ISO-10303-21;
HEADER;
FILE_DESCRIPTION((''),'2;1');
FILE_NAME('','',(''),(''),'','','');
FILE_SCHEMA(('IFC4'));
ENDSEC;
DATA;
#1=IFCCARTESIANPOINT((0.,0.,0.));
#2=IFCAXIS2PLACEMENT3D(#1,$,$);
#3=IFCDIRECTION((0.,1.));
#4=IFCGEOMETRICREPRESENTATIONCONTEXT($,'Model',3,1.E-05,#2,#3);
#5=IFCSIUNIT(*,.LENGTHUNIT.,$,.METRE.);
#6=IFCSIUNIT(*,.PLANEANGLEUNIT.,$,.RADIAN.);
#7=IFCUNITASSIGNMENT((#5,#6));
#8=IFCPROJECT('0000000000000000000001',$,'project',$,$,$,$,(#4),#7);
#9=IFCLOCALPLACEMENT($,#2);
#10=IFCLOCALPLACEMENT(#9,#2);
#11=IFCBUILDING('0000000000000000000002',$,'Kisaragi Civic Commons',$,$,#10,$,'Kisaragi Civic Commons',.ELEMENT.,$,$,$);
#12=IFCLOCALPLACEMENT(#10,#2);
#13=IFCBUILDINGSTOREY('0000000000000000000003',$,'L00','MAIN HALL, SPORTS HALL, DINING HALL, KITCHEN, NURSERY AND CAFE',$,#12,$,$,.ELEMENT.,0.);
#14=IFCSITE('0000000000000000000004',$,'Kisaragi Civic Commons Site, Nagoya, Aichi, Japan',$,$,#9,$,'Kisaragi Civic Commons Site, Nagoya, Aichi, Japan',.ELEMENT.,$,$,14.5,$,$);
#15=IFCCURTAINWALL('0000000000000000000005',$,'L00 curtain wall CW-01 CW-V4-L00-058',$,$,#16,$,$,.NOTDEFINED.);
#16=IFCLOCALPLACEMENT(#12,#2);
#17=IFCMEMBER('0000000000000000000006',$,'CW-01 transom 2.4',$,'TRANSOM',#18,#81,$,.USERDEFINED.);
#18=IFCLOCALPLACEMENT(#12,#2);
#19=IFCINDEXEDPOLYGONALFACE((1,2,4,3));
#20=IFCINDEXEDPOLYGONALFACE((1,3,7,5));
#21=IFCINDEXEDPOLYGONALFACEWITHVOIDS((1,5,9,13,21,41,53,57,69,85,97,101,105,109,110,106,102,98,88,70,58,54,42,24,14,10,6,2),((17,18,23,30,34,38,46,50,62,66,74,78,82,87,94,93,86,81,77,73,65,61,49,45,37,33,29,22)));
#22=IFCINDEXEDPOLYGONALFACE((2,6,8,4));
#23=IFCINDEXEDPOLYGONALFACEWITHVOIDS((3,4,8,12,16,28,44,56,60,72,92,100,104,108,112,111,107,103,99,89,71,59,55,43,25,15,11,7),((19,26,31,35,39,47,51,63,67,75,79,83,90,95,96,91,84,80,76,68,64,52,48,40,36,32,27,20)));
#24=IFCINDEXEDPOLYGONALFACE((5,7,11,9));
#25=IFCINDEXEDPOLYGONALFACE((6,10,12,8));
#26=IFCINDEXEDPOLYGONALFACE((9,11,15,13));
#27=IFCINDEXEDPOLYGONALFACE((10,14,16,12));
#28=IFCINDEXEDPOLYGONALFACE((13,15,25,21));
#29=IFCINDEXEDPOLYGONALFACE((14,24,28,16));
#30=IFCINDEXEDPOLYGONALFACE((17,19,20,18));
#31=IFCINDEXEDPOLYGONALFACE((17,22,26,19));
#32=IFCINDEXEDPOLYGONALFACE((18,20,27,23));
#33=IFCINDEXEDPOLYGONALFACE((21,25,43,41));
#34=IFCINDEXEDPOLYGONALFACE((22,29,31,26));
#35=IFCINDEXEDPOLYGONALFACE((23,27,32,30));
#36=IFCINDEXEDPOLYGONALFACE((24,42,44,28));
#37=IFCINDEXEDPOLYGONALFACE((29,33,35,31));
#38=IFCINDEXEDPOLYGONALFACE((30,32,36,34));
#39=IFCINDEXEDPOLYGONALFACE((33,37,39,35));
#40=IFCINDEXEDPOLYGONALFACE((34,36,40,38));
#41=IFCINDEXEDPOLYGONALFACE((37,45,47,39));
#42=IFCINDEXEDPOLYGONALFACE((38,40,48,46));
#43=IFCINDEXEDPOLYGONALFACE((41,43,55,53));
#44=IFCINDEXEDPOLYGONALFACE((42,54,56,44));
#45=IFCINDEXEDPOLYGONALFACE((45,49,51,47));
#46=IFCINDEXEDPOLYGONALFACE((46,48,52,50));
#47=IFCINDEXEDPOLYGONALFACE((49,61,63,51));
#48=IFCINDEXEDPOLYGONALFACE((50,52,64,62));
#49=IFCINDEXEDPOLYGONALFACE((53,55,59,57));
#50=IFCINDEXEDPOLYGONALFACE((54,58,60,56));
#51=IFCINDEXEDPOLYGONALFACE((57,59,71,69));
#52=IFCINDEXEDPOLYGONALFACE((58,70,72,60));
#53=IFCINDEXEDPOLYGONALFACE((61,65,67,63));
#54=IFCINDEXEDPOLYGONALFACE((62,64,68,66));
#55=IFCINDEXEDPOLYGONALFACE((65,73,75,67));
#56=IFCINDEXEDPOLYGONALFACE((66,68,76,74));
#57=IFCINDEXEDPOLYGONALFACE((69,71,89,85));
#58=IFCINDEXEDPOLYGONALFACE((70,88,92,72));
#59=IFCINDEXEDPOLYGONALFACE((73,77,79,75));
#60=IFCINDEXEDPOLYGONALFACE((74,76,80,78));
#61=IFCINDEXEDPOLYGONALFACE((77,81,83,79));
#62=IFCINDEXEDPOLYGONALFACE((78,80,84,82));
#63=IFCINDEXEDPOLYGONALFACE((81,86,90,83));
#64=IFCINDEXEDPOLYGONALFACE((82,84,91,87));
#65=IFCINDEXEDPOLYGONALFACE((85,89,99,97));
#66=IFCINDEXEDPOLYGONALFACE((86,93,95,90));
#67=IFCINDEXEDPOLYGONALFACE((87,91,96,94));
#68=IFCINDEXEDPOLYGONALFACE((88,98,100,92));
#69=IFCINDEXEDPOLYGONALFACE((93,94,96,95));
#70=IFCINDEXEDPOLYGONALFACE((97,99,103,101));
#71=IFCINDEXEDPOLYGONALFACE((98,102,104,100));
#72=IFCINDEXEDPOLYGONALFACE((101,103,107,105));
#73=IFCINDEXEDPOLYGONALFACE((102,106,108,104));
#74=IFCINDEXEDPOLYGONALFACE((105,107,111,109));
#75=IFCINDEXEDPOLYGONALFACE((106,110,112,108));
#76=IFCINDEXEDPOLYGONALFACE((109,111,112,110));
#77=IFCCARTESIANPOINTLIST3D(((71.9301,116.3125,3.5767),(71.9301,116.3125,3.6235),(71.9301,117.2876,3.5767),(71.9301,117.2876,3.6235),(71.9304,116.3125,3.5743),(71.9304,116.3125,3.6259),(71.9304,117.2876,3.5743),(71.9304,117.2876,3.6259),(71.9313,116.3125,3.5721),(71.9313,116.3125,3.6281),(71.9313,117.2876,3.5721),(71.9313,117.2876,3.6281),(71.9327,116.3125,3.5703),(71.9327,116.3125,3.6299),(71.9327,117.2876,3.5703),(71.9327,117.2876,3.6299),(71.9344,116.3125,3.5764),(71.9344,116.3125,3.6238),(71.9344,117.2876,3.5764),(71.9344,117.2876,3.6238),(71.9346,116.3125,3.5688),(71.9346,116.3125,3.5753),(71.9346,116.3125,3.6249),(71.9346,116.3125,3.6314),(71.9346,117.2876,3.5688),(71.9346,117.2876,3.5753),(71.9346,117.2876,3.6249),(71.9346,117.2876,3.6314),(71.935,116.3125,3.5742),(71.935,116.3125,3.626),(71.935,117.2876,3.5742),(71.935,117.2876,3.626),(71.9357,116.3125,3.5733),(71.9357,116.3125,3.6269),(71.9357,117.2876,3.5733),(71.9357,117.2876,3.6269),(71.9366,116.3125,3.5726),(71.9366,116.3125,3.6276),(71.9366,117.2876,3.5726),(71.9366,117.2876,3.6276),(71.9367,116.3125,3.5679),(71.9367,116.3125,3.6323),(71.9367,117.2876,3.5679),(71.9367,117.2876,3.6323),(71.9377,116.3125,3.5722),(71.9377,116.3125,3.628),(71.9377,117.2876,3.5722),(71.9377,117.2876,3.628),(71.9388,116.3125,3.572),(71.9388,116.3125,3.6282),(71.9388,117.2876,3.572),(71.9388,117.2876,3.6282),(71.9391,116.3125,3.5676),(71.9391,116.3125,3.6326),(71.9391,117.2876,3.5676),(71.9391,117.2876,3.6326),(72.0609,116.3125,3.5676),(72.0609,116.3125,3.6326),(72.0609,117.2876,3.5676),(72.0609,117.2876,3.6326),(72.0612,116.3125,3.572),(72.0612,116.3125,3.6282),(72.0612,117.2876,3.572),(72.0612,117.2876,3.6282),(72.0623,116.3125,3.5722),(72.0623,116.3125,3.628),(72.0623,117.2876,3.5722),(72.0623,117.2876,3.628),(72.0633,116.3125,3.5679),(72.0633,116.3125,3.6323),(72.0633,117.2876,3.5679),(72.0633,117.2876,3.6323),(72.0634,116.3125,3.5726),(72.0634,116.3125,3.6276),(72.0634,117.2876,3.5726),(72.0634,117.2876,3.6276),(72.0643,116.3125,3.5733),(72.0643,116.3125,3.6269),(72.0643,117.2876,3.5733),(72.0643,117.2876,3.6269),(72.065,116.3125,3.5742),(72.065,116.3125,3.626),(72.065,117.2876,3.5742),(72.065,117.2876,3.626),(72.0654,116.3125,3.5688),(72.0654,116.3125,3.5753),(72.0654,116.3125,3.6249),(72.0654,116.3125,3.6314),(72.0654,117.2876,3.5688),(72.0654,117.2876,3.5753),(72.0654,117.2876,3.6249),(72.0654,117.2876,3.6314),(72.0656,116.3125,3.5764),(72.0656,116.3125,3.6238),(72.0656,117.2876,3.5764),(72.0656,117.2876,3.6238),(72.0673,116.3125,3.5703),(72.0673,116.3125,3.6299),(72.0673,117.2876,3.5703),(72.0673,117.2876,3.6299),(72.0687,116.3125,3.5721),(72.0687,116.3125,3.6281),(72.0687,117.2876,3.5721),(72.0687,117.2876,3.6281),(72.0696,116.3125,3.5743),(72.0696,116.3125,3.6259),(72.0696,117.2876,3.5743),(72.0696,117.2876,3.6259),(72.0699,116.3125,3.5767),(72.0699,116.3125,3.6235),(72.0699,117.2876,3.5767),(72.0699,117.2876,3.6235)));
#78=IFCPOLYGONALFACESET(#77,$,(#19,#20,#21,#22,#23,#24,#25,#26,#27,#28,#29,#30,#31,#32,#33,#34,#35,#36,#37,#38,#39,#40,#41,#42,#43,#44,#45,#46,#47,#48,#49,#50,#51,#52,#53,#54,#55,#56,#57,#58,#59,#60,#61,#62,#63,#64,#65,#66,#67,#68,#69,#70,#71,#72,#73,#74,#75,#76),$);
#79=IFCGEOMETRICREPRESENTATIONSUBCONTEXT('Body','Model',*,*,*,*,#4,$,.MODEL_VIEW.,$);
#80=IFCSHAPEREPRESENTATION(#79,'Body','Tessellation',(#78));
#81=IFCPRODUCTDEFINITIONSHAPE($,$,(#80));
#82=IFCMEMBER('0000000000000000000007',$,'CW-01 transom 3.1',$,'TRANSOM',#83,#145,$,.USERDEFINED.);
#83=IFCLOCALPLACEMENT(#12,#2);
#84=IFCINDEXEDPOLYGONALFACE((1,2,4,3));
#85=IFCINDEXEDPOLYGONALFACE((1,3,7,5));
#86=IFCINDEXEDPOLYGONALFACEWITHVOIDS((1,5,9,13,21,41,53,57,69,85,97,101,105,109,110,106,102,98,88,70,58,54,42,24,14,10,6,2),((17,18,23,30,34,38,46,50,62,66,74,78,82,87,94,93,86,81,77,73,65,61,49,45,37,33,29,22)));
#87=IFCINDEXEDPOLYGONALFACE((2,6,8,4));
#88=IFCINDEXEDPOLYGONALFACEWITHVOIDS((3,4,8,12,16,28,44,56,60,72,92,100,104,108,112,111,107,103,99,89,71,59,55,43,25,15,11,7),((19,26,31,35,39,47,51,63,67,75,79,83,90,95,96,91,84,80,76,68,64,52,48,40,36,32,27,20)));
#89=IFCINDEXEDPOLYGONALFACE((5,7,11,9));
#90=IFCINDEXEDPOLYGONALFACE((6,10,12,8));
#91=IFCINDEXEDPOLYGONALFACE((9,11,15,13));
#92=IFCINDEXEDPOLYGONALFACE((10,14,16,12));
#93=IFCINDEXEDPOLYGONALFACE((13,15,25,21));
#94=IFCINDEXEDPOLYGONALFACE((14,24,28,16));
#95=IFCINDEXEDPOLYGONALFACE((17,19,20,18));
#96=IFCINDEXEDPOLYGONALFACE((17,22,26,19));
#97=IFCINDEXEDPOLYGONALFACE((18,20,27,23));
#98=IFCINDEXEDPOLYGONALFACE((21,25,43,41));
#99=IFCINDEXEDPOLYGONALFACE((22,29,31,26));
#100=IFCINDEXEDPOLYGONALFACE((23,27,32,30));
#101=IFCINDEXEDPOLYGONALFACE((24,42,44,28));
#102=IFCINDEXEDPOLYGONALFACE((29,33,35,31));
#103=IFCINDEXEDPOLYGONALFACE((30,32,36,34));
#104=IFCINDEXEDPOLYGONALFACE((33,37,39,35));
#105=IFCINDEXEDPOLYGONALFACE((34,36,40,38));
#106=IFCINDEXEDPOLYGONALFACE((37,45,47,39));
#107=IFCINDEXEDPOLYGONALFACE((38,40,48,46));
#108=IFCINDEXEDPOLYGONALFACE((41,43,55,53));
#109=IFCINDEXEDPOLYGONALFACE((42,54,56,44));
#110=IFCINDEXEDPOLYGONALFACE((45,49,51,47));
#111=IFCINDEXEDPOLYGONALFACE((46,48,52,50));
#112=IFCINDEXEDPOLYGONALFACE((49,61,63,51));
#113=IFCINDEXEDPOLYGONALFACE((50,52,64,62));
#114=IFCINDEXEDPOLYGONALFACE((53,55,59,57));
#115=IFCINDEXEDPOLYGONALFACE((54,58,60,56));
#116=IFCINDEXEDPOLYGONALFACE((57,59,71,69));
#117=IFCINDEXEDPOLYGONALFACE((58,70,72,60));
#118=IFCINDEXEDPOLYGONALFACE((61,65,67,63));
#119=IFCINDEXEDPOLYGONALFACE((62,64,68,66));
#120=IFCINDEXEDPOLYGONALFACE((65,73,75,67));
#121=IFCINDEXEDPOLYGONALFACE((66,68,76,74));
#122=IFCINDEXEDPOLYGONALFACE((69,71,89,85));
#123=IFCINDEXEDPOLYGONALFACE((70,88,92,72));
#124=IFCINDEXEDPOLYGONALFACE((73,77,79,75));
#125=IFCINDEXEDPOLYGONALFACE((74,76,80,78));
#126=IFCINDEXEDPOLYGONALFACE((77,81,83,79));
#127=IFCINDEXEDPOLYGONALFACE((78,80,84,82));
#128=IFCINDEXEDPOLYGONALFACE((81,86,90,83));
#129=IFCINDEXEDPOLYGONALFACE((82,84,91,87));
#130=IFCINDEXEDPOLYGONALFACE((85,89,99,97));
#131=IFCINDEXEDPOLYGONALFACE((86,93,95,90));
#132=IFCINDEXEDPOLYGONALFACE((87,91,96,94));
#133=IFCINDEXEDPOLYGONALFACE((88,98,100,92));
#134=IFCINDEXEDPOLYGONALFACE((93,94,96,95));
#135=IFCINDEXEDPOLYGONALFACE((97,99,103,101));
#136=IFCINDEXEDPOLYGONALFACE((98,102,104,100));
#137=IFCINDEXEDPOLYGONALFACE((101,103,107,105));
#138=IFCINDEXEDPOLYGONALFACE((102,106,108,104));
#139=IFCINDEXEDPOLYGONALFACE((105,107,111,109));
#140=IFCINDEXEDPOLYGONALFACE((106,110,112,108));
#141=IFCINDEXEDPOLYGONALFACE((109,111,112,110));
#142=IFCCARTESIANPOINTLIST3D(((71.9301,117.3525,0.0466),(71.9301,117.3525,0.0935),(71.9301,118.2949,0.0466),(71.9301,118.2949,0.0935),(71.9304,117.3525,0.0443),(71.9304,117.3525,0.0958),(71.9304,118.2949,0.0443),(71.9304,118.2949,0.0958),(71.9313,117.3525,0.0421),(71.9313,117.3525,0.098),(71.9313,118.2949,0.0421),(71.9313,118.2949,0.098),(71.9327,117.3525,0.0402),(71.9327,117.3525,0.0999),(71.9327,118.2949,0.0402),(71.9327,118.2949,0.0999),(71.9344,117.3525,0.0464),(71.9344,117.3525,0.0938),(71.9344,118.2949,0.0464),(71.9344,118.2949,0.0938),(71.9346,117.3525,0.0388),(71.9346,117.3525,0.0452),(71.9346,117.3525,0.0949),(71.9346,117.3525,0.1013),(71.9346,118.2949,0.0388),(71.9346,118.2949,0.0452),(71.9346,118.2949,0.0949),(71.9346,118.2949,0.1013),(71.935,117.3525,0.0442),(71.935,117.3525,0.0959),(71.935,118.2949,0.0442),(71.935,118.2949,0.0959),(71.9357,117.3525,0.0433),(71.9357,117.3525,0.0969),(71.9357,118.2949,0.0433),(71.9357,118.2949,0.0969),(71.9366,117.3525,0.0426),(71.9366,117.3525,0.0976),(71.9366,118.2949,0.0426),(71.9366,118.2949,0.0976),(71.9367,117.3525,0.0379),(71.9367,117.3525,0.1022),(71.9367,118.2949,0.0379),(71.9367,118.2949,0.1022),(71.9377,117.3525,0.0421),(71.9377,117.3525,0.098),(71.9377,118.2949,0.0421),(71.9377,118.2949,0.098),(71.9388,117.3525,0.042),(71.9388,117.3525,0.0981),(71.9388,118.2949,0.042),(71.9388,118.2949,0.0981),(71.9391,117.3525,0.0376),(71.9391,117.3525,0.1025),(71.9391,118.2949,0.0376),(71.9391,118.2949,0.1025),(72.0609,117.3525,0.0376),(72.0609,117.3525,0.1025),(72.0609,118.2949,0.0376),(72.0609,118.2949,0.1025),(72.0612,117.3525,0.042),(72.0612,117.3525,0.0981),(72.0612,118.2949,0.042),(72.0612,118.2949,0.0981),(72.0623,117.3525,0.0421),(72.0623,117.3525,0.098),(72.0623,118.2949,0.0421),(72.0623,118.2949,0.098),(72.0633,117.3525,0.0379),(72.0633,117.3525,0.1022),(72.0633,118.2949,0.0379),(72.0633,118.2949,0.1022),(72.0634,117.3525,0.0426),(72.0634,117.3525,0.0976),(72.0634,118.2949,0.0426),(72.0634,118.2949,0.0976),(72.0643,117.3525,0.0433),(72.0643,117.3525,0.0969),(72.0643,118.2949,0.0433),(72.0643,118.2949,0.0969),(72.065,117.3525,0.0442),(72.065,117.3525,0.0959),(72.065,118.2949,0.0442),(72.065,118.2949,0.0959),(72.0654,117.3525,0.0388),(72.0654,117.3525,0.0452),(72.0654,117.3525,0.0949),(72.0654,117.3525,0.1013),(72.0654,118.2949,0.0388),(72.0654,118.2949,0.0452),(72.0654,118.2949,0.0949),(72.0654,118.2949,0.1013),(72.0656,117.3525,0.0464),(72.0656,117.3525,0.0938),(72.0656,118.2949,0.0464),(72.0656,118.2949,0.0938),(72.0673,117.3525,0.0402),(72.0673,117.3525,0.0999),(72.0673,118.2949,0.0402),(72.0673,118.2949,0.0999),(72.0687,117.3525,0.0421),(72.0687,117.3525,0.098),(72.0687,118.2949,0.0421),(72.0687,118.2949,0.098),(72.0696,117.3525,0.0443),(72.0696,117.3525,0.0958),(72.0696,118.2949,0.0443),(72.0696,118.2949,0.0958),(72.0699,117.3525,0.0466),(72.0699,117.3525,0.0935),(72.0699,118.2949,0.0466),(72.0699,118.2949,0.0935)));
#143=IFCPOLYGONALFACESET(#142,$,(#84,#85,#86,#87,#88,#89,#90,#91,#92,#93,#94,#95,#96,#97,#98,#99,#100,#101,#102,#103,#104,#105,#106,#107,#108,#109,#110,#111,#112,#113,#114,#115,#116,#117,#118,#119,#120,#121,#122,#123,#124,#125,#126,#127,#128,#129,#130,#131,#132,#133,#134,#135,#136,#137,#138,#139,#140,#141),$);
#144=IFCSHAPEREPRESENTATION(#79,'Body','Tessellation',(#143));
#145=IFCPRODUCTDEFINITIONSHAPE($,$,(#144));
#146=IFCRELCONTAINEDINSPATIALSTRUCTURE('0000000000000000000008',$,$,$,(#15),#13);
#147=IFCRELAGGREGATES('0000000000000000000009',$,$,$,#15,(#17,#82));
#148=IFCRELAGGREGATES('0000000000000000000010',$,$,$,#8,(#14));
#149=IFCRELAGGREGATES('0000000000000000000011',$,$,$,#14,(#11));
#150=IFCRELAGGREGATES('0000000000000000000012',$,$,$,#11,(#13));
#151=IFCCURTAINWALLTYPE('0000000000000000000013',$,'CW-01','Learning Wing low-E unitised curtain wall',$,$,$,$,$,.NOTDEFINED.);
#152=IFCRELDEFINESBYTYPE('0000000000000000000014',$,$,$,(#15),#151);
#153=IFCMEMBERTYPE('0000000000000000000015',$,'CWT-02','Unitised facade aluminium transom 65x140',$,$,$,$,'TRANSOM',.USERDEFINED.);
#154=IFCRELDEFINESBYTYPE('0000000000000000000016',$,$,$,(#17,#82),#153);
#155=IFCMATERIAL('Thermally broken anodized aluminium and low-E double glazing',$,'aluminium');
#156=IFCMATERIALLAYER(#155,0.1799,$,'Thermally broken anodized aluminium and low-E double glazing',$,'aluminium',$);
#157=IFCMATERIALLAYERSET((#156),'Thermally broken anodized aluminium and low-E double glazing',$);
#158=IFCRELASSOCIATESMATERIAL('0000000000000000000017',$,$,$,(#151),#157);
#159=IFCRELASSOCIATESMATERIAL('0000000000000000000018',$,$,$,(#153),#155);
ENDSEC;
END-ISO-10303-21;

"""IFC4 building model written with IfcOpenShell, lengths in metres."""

from ifc_helpers import new_model, si_unit, direction, frame, origin, origin_2d, place, context, subcontext, project, spatial, hollow_rectangle, extrude, material, layer, layer_set, material_profile, profile_set, type_object, element, aggregate, save


model = new_model("IFC4")

# Units and contexts
model_context = context("Model", 3, precision=1e-05, world=origin(), true_north=direction((0.0, 1.0)))
body_context = subcontext(model_context, "Body", "Model", "MODEL_VIEW")
ifc_project = project(units=[si_unit("LENGTHUNIT", "METRE"), si_unit("PLANEANGLEUNIT", "RADIAN")], contexts=[model_context])

# Site, building, storey
site_placement = place(None, origin())
site = spatial("IfcSite", under=ifc_project, at=site_placement, Name="Kisaragi Civic Commons Site, Nagoya, Aichi, Japan", LongName="Kisaragi Civic Commons Site, Nagoya, Aichi, Japan", CompositionType="ELEMENT", RefElevation=14.5)
building_placement = place(site_placement, origin())
building = spatial("IfcBuilding", under=site, at=building_placement, Name="Kisaragi Civic Commons", LongName="Kisaragi Civic Commons", CompositionType="ELEMENT")
storey_placement = place(building_placement, origin())
storey = spatial("IfcBuildingStorey", under=building, at=storey_placement, Name="L00", Description="MAIN HALL, SPORTS HALL, DINING HALL, KITCHEN, NURSERY AND CAFE", CompositionType="ELEMENT", Elevation=0.0)

# Shared definitions
ifc_material_1 = material(Name="Thermally broken anodized aluminium and low-E double glazing", Category="aluminium")
ifc_layer_1 = layer(ifc_material_1, 0.1799, Name="Thermally broken anodized aluminium and low-E double glazing", Category="aluminium")
ifc_layer_set_1 = layer_set([ifc_layer_1], Name="Thermally broken anodized aluminium and low-E double glazing")
curtain_wall_type = type_object("IfcCurtainWallType", Name="CW-01", Description="Learning Wing low-E unitised curtain wall", PredefinedType="NOTDEFINED", material=ifc_layer_set_1)

# Curtain wall, members
curtain_wall_1_placement = place(storey_placement, origin())
curtain_wall_1 = element("IfcCurtainWall", 1, at=curtain_wall_1_placement, inside=storey, type_object=curtain_wall_type, Name="L00 curtain wall CW-01 CW-V4-L00-058", PredefinedType="NOTDEFINED")
ifc_material_profile_1 = material_profile(ifc_material_1, hollow_rectangle(XDim=0.1399, YDim=0.0649, WallThickness=0.0044, InnerFilletRadius=0.0044, OuterFilletRadius=0.009, at=origin_2d()), Name="CWT-65x140x4.5", Category="aluminium")
ifc_profile_set_1 = profile_set([ifc_material_profile_1], Name="Thermally broken anodized aluminium and low-E double glazing")
member_type_1 = type_object("IfcMemberType", Name="CWT-02", Description="Unitised facade aluminium transom 65x140", ElementType="TRANSOM", PredefinedType="USERDEFINED", material=ifc_profile_set_1)
member_1_placement = place(storey_placement, frame((72.0, 116.3125, 3.6001), z_axis=(0.0, 1.0, 0.0), x_axis=(-1.0, 0.0, 0.0)))
member_1 = element("IfcMember", 2, at=member_1_placement, type_object=member_type_1, Name="CW-01 transom 2.4", ObjectType="TRANSOM", PredefinedType="USERDEFINED", context=body_context, shape_type="SweptSolid", body=[
    extrude(hollow_rectangle(XDim=0.1399, YDim=0.0649, WallThickness=0.0044, InnerFilletRadius=0.0044, OuterFilletRadius=0.009, at=origin_2d()), origin(), (0.0, 0.0, 1.0), 0.9751),
])
member_2_placement = place(storey_placement, frame((72.0, 117.3525, 0.0701), z_axis=(0.0, 1.0, 0.0), x_axis=(-1.0, 0.0, 0.0)))
member_2 = element("IfcMember", 3, at=member_2_placement, type_object=member_type_1, Name="CW-01 transom 3.1", ObjectType="TRANSOM", PredefinedType="USERDEFINED", context=body_context, shape_type="SweptSolid", body=[
    extrude(hollow_rectangle(XDim=0.1399, YDim=0.0649, WallThickness=0.0044, InnerFilletRadius=0.0044, OuterFilletRadius=0.009, at=origin_2d()), origin(), (0.0, 0.0, 1.0), 0.9424),
])

aggregate(curtain_wall_1, [member_1, member_2])

save(model, "model.ifc")
